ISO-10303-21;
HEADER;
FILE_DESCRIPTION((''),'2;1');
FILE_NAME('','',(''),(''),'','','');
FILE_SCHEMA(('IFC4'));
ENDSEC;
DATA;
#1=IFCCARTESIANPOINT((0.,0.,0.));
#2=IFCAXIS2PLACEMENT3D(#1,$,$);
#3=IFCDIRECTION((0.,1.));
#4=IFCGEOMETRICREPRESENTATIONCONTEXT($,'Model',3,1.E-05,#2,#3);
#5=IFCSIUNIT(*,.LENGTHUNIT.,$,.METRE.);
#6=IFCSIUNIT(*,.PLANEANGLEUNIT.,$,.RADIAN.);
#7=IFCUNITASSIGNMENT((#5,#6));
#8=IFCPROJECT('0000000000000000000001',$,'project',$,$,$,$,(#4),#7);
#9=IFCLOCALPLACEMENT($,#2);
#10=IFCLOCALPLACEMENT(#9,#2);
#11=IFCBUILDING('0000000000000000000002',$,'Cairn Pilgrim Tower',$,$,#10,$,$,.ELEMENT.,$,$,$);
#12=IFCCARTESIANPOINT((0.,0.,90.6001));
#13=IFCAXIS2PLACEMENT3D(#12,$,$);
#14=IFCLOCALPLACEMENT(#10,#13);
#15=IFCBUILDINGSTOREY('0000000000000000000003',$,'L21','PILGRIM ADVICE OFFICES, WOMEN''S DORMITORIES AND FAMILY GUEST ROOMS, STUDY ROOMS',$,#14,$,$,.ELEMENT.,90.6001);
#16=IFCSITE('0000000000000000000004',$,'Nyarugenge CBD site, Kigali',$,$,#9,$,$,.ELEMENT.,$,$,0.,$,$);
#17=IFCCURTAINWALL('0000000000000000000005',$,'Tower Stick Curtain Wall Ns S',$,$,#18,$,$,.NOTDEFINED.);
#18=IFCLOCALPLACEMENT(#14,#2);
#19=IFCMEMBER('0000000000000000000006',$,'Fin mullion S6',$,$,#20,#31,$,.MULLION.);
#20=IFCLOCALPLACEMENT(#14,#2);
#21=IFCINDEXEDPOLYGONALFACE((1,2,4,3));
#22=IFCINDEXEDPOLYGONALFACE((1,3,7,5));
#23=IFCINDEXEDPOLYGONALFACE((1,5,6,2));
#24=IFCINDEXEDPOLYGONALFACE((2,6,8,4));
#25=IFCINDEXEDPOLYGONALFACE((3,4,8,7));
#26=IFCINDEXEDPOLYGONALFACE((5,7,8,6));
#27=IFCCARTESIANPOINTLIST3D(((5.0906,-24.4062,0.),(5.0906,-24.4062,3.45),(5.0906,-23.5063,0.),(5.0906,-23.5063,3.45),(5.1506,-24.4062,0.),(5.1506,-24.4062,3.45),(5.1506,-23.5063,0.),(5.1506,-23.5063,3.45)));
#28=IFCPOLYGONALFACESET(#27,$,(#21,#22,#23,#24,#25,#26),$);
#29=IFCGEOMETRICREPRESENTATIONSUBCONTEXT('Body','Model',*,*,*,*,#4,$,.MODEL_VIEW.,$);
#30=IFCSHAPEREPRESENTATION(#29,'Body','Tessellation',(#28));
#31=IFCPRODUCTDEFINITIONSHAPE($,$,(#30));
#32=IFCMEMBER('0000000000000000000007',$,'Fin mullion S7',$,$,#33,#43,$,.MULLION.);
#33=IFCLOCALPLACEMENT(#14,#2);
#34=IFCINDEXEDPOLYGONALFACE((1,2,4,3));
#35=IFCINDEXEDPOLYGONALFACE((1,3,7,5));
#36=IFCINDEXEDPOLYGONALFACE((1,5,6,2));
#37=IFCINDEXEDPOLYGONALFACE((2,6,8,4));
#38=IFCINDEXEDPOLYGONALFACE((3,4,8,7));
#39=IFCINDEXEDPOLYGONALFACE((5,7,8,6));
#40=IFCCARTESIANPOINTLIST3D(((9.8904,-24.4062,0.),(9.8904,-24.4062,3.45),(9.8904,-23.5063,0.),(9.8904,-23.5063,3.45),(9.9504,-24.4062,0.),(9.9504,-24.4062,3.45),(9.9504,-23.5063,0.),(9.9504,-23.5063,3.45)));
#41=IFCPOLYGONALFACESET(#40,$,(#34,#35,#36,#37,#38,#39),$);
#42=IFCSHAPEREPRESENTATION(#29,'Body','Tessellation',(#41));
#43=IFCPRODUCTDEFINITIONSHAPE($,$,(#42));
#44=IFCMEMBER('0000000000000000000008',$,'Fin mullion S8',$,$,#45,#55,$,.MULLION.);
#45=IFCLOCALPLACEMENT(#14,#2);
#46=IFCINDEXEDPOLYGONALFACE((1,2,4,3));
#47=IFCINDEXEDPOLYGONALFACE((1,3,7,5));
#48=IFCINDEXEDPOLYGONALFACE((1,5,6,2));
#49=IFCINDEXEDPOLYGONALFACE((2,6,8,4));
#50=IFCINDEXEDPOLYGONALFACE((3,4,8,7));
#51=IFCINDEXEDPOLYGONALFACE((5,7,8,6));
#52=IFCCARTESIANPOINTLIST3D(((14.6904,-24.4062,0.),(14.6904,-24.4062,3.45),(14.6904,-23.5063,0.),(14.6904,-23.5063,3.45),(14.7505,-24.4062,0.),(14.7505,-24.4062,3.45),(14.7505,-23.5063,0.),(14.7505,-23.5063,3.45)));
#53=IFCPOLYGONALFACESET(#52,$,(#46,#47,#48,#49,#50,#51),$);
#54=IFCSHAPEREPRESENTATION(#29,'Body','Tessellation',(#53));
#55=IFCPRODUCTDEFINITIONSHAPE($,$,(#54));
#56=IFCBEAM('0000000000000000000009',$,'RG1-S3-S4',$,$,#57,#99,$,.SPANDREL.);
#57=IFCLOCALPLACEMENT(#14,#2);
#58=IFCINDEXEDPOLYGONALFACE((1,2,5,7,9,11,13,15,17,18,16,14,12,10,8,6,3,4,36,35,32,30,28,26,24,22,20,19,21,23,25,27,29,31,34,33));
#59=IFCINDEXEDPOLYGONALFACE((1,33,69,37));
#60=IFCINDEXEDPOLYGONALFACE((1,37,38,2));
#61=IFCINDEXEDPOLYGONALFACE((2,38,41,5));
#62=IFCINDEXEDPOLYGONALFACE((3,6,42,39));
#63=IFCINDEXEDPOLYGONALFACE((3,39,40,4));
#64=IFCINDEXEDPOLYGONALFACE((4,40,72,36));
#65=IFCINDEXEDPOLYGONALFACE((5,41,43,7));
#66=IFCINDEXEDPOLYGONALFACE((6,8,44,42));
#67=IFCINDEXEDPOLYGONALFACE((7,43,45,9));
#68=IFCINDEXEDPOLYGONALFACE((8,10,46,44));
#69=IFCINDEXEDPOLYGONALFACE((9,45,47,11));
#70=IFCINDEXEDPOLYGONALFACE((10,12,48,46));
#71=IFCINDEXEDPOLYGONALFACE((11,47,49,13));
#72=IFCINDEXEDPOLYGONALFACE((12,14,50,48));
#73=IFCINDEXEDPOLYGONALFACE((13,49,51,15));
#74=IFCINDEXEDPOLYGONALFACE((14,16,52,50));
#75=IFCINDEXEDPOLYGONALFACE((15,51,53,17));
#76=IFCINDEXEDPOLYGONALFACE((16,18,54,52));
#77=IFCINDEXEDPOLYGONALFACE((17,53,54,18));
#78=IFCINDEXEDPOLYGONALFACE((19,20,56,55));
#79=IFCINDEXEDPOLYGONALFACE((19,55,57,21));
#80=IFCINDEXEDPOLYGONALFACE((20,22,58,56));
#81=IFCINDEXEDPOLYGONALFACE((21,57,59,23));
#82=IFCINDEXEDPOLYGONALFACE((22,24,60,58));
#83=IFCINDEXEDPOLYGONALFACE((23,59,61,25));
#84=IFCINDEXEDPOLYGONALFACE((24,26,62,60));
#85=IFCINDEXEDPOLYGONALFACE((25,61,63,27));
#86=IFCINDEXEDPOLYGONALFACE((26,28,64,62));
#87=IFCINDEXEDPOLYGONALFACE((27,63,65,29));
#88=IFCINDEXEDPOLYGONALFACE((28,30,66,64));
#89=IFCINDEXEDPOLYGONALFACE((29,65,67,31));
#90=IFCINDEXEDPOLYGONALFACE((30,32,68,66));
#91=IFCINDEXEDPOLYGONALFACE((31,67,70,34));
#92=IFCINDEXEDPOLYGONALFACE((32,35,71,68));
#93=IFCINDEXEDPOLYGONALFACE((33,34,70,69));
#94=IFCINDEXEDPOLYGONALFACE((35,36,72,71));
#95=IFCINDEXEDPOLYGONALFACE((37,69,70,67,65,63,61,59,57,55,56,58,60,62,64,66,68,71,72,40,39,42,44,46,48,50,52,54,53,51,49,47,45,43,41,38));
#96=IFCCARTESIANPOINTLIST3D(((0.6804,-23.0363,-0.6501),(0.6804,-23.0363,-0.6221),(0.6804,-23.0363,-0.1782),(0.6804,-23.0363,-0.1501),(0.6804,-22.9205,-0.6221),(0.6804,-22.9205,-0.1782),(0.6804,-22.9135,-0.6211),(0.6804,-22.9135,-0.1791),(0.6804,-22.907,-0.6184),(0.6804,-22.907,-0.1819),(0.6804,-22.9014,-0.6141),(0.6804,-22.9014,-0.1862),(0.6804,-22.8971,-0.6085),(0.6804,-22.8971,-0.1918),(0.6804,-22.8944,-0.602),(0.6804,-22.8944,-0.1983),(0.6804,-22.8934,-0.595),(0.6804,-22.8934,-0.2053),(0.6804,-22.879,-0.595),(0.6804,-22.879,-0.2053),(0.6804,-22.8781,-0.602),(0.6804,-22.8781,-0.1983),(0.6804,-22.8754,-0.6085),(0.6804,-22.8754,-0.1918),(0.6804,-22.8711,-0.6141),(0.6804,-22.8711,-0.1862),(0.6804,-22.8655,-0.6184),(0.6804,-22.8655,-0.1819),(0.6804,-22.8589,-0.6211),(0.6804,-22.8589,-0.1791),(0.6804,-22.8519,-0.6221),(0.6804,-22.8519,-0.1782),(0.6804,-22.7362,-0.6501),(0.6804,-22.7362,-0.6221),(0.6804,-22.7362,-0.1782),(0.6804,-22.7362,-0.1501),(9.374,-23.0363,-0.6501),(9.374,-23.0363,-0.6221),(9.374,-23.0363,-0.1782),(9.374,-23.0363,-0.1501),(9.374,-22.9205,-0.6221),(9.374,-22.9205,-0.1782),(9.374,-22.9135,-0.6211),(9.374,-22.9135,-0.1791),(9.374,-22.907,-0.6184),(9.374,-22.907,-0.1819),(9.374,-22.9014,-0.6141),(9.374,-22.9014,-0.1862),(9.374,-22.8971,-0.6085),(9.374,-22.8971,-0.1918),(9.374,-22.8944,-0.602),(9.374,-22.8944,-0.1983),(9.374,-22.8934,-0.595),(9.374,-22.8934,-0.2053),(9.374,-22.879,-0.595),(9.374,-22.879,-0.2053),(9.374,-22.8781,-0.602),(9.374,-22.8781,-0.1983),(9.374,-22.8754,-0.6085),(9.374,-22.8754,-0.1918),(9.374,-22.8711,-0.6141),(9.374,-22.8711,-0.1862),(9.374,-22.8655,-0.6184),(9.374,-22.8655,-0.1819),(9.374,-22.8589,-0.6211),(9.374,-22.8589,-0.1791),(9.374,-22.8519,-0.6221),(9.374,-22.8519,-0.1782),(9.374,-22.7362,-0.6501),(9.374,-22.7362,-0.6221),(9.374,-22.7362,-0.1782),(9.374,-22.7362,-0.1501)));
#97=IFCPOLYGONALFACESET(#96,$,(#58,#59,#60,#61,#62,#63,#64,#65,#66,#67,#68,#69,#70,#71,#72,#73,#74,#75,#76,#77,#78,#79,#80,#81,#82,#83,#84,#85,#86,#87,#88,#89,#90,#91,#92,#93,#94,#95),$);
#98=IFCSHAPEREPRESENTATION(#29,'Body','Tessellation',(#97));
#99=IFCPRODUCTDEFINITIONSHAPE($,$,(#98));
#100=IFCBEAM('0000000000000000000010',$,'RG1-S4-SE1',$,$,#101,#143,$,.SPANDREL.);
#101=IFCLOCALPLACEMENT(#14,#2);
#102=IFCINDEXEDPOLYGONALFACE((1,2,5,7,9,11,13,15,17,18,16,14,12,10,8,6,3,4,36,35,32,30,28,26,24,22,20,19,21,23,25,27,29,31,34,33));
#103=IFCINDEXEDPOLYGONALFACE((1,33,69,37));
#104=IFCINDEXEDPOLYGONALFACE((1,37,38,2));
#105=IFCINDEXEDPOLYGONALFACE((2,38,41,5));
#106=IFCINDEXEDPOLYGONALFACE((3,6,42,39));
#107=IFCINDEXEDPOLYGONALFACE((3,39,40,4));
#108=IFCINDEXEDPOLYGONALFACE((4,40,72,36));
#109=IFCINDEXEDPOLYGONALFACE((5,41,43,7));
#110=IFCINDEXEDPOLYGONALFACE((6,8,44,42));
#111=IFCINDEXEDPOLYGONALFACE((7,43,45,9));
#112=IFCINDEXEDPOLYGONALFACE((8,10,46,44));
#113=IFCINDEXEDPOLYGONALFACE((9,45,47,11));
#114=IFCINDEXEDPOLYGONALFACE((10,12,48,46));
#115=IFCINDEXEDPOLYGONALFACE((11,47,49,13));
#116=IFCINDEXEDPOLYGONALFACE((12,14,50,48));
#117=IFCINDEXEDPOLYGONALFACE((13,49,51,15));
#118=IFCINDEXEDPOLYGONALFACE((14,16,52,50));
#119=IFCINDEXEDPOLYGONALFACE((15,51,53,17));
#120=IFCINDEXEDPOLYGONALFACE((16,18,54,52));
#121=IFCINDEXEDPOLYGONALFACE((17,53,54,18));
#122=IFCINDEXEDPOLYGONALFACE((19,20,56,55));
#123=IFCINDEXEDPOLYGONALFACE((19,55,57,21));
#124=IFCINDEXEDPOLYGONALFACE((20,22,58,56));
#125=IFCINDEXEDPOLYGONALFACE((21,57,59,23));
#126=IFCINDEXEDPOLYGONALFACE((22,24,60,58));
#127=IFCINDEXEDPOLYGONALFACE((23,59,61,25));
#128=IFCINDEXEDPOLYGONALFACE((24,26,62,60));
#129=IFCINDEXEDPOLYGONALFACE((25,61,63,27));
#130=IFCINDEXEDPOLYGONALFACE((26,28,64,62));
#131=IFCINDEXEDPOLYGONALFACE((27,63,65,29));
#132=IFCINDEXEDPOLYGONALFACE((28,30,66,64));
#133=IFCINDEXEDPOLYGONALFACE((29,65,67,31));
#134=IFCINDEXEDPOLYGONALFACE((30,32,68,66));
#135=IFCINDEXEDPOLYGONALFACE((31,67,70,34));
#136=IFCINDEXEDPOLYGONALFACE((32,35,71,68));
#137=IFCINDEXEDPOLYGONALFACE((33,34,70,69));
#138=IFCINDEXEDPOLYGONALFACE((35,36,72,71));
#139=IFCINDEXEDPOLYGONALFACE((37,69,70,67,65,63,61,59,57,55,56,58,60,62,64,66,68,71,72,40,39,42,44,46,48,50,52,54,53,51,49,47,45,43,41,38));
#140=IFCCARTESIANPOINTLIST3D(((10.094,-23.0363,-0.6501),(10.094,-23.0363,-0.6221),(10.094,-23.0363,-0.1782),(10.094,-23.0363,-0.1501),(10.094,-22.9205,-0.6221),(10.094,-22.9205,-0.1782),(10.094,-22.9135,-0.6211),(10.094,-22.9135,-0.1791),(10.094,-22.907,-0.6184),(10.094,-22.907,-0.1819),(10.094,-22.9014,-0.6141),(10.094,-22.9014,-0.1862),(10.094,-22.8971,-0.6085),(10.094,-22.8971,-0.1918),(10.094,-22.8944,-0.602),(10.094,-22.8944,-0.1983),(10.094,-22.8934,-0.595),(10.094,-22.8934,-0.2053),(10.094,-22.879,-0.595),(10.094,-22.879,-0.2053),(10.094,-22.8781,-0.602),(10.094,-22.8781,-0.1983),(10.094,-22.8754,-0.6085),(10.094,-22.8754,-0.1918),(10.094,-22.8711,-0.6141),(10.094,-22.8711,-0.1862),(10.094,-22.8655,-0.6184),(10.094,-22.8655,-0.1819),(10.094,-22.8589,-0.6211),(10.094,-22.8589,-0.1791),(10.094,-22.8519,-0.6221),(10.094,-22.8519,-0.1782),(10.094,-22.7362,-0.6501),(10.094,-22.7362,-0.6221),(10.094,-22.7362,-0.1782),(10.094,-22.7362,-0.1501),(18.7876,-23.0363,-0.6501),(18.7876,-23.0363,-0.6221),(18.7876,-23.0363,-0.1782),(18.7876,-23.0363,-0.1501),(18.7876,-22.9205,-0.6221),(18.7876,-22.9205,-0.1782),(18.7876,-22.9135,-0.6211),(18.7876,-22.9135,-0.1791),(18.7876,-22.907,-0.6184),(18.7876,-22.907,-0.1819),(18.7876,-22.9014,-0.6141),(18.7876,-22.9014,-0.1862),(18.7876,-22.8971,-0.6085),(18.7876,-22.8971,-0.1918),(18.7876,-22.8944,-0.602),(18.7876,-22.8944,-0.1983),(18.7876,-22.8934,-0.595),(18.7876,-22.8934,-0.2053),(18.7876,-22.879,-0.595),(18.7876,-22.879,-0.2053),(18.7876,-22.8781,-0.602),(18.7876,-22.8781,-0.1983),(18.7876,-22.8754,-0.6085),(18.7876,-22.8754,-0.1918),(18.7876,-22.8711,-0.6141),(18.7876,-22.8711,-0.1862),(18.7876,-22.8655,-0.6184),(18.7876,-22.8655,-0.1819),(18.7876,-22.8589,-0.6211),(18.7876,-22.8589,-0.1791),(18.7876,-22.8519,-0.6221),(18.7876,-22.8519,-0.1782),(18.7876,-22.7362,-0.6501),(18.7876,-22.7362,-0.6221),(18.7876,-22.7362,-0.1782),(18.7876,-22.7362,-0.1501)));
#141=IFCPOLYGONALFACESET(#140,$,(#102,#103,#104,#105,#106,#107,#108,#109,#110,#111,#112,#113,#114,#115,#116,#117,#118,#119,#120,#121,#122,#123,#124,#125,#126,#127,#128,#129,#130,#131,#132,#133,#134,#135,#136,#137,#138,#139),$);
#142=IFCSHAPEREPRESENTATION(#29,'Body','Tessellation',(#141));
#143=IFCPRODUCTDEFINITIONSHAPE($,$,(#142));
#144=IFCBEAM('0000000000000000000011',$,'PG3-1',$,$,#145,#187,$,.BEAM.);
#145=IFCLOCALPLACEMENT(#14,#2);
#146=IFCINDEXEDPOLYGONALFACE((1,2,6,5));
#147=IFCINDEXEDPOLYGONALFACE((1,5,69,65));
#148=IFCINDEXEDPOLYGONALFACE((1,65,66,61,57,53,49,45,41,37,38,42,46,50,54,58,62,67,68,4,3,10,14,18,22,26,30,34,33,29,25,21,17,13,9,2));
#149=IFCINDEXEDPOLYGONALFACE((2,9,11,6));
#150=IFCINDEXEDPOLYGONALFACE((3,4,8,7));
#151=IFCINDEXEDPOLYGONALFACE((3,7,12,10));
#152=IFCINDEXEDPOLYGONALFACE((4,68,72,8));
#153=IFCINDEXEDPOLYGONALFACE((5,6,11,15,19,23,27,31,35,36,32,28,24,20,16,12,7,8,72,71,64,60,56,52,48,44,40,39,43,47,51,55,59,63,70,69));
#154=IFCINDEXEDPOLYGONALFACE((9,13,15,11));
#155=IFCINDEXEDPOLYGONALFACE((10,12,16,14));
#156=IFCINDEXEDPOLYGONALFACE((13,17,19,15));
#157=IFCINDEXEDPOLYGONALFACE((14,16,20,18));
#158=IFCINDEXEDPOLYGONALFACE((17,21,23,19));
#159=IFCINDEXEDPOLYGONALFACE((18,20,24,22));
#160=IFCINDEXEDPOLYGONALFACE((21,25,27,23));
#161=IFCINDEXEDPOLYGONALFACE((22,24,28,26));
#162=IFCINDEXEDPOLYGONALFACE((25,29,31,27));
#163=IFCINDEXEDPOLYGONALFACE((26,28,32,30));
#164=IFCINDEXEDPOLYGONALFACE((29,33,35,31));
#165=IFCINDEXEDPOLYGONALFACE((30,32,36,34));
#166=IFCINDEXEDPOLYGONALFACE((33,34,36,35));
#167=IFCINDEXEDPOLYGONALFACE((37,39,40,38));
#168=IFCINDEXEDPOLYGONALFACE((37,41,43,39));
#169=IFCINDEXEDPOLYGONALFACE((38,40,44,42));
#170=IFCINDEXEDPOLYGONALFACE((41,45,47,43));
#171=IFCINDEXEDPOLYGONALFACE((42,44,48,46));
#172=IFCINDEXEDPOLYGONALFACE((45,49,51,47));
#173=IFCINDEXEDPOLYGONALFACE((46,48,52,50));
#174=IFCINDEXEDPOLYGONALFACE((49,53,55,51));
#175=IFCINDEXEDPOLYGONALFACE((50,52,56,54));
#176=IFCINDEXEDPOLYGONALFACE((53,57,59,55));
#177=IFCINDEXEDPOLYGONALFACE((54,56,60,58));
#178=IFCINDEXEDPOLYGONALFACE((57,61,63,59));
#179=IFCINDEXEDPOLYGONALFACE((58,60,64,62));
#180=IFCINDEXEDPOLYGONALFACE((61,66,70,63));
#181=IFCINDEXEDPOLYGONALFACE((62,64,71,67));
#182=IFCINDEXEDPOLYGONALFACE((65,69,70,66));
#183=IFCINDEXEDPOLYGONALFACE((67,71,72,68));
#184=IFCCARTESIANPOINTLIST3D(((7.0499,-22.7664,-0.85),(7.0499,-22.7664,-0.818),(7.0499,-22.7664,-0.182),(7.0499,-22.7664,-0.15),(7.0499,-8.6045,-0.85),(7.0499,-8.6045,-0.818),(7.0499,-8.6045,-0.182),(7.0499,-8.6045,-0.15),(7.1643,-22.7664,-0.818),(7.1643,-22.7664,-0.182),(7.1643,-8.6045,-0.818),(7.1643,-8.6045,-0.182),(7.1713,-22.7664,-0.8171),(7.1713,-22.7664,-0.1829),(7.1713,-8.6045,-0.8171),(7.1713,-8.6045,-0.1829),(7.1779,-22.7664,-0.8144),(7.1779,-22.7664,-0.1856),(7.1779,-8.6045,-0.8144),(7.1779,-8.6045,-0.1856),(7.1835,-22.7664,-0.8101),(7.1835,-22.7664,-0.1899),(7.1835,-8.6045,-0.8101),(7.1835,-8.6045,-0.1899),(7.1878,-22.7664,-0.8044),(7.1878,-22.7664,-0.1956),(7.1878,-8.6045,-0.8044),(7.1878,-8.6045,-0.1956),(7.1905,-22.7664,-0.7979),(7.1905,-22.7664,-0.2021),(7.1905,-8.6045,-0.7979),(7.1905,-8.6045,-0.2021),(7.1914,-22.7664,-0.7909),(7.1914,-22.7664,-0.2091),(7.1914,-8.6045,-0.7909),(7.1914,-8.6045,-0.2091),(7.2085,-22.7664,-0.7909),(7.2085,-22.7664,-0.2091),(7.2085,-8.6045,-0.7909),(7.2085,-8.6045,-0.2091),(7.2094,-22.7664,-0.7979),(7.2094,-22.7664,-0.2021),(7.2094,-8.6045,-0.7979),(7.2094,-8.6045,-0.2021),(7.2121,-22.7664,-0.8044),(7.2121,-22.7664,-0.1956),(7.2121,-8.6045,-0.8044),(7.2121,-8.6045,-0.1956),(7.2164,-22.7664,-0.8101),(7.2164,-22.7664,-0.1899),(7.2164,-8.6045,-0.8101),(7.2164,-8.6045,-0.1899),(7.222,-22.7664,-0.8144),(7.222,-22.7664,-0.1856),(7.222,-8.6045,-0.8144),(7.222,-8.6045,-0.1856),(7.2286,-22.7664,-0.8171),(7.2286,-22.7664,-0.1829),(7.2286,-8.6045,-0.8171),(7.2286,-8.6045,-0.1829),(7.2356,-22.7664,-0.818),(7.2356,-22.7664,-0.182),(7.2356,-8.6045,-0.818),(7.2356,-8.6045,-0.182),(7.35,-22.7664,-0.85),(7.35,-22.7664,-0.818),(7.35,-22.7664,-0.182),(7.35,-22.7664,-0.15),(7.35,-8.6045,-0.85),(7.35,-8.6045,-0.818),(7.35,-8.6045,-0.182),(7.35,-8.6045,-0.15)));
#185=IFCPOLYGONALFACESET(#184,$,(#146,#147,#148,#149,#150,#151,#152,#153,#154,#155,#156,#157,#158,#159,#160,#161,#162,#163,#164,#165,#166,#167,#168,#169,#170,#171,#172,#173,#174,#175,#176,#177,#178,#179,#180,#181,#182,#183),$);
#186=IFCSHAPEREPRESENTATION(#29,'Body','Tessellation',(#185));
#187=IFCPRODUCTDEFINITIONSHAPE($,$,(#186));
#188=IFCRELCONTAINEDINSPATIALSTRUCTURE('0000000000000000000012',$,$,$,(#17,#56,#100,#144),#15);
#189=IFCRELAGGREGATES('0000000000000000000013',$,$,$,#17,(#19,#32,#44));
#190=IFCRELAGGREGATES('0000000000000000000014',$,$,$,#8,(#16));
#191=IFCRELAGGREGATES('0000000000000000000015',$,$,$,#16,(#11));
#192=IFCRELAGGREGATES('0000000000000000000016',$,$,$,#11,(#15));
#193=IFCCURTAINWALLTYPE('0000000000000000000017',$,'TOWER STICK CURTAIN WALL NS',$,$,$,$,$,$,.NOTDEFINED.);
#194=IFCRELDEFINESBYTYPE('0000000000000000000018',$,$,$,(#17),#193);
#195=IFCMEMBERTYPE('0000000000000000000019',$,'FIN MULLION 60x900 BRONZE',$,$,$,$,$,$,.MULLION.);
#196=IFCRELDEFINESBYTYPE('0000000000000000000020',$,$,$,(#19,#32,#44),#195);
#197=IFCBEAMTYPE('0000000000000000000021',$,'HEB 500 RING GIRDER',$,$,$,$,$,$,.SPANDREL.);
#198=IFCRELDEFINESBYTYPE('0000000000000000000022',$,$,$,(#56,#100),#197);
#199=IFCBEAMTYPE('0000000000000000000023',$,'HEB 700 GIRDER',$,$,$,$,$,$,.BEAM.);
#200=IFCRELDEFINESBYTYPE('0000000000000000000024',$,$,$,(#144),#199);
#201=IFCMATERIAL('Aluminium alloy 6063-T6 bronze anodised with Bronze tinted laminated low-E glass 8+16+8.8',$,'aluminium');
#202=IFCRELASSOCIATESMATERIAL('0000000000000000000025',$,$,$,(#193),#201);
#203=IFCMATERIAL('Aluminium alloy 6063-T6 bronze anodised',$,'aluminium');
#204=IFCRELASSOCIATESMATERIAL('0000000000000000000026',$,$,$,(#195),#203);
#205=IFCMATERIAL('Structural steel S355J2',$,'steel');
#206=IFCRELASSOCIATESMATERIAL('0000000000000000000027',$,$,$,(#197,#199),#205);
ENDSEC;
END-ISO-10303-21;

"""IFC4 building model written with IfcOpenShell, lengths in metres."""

from ifc_helpers import new_model, si_unit, direction, frame, origin, origin_2d, place, context, subcontext, project, spatial, rectangle, i_section, extrude, material, material_profile, profile_set, type_object, element, aggregate, save


model = new_model("IFC4")

# Units and contexts
model_context = context("Model", 3, precision=1e-05, world=origin(), true_north=direction((0.0, 1.0)))
body_context = subcontext(model_context, "Body", "Model", "MODEL_VIEW")
ifc_project = project(units=[si_unit("LENGTHUNIT", "METRE"), si_unit("PLANEANGLEUNIT", "RADIAN")], contexts=[model_context])

# Site, building, storey
site_placement = place(None, origin())
site = spatial("IfcSite", under=ifc_project, at=site_placement, Name="Nyarugenge CBD site, Kigali", CompositionType="ELEMENT", RefElevation=0.0)
building_placement = place(site_placement, origin())
building = spatial("IfcBuilding", under=site, at=building_placement, Name="Cairn Pilgrim Tower", CompositionType="ELEMENT")
storey_placement = place(building_placement, frame((0.0, 0.0, 90.6001)))
storey = spatial("IfcBuildingStorey", under=building, at=storey_placement, Name="L21", Description="PILGRIM ADVICE OFFICES, WOMEN'S DORMITORIES AND FAMILY GUEST ROOMS, STUDY ROOMS", CompositionType="ELEMENT", Elevation=90.6001)

# Curtain wall, members
ifc_material_1 = material(Name="Aluminium alloy 6063-T6 bronze anodised with Bronze tinted laminated low-E glass 8+16+8.8", Category="aluminium")
curtain_wall_type = type_object("IfcCurtainWallType", Name="TOWER STICK CURTAIN WALL NS", PredefinedType="NOTDEFINED", material=ifc_material_1)
curtain_wall_placement = place(storey_placement, origin())
curtain_wall = element("IfcCurtainWall", 1, at=curtain_wall_placement, inside=storey, type_object=curtain_wall_type, Name="Tower Stick Curtain Wall Ns S", PredefinedType="NOTDEFINED")
ifc_material_2 = material(Name="Aluminium alloy 6063-T6 bronze anodised", Category="aluminium")
ifc_material_profile_1 = material_profile(ifc_material_2, rectangle(XDim=0.8999, YDim=0.0601, at=origin_2d()), Name="FIN MULLION 60x900 BRONZE")
ifc_profile_set_1 = profile_set([ifc_material_profile_1], Name="Aluminium alloy 6063-T6 bronze anodised")
member_type_1 = type_object("IfcMemberType", Name="FIN MULLION 60x900 BRONZE", PredefinedType="MULLION", material=ifc_profile_set_1)
member_1_placement = place(storey_placement, frame((5.1206, -23.9563, 0.0), z_axis=(0.0, 0.0, 1.0), x_axis=(0.0, -1.0, 0.0)))
member_1 = element("IfcMember", 2, at=member_1_placement, type_object=member_type_1, Name="Fin mullion S6", PredefinedType="MULLION", context=body_context, shape_type="SweptSolid", body=[
    extrude(rectangle(XDim=0.8999, YDim=0.0601, at=origin_2d()), origin(), (0.0, 0.0, 1.0), 3.45),
])
member_2_placement = place(storey_placement, frame((9.9204, -23.9563, 0.0), z_axis=(0.0, 0.0, 1.0), x_axis=(0.0, -1.0, 0.0)))
member_2 = element("IfcMember", 3, at=member_2_placement, type_object=member_type_1, Name="Fin mullion S7", PredefinedType="MULLION", context=body_context, shape_type="SweptSolid", body=[
    extrude(rectangle(XDim=0.8999, YDim=0.0601, at=origin_2d()), origin(), (0.0, 0.0, 1.0), 3.45),
])
member_3_placement = place(storey_placement, frame((14.7205, -23.9563, 0.0), z_axis=(0.0, 0.0, 1.0), x_axis=(0.0, -1.0, 0.0)))
member_3 = element("IfcMember", 4, at=member_3_placement, type_object=member_type_1, Name="Fin mullion S8", PredefinedType="MULLION", context=body_context, shape_type="SweptSolid", body=[
    extrude(rectangle(XDim=0.8999, YDim=0.0601, at=origin_2d()), origin(), (0.0, 0.0, 1.0), 3.45),
])

# Beams
ifc_material_3 = material(Name="Structural steel S355J2", Category="steel")
ifc_material_profile_2 = material_profile(ifc_material_3, i_section(OverallWidth=0.3, OverallDepth=0.5, WebThickness=0.0144, FlangeThickness=0.0281, FilletRadius=0.0271, at=origin_2d()), Name="HEB 500")
ifc_profile_set_2 = profile_set([ifc_material_profile_2], Name="Structural steel S355J2")
beam_type_1 = type_object("IfcBeamType", Name="HEB 500 RING GIRDER", PredefinedType="SPANDREL", material=ifc_profile_set_2)
for number, where, z_axis, x_axis, name in (
    (5, (0.6804, -22.8862, -0.4001), (1.0, 0.0, 0.0), (0.0, 1.0, 0.0), "RG1-S3-S4"),
    (6, (10.094, -22.8862, -0.4001), (1.0, 0.0, 0.0), (0.0, 1.0, 0.0), "RG1-S4-SE1"),
):
    element("IfcBeam", number, at=place(storey_placement, frame(where, z_axis=z_axis, x_axis=x_axis)), inside=storey, type_object=beam_type_1, Name=name, PredefinedType="SPANDREL", context=body_context, shape_type="SweptSolid", body=[
        extrude(i_section(OverallWidth=0.3, OverallDepth=0.5, WebThickness=0.0144, FlangeThickness=0.0281, FilletRadius=0.0271, at=origin_2d()), origin(), (0.0, 0.0, 1.0), 8.6936),
    ])
ifc_material_profile_3 = material_profile(ifc_material_3, i_section(OverallWidth=0.3, OverallDepth=0.7, WebThickness=0.0171, FlangeThickness=0.032, FilletRadius=0.0271, at=origin_2d()), Name="HEB 700")
ifc_profile_set_3 = profile_set([ifc_material_profile_3], Name="Structural steel S355J2")
beam_type_2 = type_object("IfcBeamType", Name="HEB 700 GIRDER", PredefinedType="BEAM", material=ifc_profile_set_3)
beam_placement = place(storey_placement, frame((7.2, -22.7664, -0.5), z_axis=(0.0, 1.0, 0.0), x_axis=(-1.0, 0.0, 0.0)))
element("IfcBeam", 7, at=beam_placement, inside=storey, type_object=beam_type_2, Name="PG3-1", PredefinedType="BEAM", context=body_context, shape_type="SweptSolid", body=[
    extrude(i_section(OverallWidth=0.3, OverallDepth=0.7, WebThickness=0.0171, FlangeThickness=0.032, FilletRadius=0.0271, at=origin_2d()), origin(), (0.0, 0.0, 1.0), 14.1619),
])

aggregate(curtain_wall, [member_1, member_2, member_3])

save(model, "model.ifc")
